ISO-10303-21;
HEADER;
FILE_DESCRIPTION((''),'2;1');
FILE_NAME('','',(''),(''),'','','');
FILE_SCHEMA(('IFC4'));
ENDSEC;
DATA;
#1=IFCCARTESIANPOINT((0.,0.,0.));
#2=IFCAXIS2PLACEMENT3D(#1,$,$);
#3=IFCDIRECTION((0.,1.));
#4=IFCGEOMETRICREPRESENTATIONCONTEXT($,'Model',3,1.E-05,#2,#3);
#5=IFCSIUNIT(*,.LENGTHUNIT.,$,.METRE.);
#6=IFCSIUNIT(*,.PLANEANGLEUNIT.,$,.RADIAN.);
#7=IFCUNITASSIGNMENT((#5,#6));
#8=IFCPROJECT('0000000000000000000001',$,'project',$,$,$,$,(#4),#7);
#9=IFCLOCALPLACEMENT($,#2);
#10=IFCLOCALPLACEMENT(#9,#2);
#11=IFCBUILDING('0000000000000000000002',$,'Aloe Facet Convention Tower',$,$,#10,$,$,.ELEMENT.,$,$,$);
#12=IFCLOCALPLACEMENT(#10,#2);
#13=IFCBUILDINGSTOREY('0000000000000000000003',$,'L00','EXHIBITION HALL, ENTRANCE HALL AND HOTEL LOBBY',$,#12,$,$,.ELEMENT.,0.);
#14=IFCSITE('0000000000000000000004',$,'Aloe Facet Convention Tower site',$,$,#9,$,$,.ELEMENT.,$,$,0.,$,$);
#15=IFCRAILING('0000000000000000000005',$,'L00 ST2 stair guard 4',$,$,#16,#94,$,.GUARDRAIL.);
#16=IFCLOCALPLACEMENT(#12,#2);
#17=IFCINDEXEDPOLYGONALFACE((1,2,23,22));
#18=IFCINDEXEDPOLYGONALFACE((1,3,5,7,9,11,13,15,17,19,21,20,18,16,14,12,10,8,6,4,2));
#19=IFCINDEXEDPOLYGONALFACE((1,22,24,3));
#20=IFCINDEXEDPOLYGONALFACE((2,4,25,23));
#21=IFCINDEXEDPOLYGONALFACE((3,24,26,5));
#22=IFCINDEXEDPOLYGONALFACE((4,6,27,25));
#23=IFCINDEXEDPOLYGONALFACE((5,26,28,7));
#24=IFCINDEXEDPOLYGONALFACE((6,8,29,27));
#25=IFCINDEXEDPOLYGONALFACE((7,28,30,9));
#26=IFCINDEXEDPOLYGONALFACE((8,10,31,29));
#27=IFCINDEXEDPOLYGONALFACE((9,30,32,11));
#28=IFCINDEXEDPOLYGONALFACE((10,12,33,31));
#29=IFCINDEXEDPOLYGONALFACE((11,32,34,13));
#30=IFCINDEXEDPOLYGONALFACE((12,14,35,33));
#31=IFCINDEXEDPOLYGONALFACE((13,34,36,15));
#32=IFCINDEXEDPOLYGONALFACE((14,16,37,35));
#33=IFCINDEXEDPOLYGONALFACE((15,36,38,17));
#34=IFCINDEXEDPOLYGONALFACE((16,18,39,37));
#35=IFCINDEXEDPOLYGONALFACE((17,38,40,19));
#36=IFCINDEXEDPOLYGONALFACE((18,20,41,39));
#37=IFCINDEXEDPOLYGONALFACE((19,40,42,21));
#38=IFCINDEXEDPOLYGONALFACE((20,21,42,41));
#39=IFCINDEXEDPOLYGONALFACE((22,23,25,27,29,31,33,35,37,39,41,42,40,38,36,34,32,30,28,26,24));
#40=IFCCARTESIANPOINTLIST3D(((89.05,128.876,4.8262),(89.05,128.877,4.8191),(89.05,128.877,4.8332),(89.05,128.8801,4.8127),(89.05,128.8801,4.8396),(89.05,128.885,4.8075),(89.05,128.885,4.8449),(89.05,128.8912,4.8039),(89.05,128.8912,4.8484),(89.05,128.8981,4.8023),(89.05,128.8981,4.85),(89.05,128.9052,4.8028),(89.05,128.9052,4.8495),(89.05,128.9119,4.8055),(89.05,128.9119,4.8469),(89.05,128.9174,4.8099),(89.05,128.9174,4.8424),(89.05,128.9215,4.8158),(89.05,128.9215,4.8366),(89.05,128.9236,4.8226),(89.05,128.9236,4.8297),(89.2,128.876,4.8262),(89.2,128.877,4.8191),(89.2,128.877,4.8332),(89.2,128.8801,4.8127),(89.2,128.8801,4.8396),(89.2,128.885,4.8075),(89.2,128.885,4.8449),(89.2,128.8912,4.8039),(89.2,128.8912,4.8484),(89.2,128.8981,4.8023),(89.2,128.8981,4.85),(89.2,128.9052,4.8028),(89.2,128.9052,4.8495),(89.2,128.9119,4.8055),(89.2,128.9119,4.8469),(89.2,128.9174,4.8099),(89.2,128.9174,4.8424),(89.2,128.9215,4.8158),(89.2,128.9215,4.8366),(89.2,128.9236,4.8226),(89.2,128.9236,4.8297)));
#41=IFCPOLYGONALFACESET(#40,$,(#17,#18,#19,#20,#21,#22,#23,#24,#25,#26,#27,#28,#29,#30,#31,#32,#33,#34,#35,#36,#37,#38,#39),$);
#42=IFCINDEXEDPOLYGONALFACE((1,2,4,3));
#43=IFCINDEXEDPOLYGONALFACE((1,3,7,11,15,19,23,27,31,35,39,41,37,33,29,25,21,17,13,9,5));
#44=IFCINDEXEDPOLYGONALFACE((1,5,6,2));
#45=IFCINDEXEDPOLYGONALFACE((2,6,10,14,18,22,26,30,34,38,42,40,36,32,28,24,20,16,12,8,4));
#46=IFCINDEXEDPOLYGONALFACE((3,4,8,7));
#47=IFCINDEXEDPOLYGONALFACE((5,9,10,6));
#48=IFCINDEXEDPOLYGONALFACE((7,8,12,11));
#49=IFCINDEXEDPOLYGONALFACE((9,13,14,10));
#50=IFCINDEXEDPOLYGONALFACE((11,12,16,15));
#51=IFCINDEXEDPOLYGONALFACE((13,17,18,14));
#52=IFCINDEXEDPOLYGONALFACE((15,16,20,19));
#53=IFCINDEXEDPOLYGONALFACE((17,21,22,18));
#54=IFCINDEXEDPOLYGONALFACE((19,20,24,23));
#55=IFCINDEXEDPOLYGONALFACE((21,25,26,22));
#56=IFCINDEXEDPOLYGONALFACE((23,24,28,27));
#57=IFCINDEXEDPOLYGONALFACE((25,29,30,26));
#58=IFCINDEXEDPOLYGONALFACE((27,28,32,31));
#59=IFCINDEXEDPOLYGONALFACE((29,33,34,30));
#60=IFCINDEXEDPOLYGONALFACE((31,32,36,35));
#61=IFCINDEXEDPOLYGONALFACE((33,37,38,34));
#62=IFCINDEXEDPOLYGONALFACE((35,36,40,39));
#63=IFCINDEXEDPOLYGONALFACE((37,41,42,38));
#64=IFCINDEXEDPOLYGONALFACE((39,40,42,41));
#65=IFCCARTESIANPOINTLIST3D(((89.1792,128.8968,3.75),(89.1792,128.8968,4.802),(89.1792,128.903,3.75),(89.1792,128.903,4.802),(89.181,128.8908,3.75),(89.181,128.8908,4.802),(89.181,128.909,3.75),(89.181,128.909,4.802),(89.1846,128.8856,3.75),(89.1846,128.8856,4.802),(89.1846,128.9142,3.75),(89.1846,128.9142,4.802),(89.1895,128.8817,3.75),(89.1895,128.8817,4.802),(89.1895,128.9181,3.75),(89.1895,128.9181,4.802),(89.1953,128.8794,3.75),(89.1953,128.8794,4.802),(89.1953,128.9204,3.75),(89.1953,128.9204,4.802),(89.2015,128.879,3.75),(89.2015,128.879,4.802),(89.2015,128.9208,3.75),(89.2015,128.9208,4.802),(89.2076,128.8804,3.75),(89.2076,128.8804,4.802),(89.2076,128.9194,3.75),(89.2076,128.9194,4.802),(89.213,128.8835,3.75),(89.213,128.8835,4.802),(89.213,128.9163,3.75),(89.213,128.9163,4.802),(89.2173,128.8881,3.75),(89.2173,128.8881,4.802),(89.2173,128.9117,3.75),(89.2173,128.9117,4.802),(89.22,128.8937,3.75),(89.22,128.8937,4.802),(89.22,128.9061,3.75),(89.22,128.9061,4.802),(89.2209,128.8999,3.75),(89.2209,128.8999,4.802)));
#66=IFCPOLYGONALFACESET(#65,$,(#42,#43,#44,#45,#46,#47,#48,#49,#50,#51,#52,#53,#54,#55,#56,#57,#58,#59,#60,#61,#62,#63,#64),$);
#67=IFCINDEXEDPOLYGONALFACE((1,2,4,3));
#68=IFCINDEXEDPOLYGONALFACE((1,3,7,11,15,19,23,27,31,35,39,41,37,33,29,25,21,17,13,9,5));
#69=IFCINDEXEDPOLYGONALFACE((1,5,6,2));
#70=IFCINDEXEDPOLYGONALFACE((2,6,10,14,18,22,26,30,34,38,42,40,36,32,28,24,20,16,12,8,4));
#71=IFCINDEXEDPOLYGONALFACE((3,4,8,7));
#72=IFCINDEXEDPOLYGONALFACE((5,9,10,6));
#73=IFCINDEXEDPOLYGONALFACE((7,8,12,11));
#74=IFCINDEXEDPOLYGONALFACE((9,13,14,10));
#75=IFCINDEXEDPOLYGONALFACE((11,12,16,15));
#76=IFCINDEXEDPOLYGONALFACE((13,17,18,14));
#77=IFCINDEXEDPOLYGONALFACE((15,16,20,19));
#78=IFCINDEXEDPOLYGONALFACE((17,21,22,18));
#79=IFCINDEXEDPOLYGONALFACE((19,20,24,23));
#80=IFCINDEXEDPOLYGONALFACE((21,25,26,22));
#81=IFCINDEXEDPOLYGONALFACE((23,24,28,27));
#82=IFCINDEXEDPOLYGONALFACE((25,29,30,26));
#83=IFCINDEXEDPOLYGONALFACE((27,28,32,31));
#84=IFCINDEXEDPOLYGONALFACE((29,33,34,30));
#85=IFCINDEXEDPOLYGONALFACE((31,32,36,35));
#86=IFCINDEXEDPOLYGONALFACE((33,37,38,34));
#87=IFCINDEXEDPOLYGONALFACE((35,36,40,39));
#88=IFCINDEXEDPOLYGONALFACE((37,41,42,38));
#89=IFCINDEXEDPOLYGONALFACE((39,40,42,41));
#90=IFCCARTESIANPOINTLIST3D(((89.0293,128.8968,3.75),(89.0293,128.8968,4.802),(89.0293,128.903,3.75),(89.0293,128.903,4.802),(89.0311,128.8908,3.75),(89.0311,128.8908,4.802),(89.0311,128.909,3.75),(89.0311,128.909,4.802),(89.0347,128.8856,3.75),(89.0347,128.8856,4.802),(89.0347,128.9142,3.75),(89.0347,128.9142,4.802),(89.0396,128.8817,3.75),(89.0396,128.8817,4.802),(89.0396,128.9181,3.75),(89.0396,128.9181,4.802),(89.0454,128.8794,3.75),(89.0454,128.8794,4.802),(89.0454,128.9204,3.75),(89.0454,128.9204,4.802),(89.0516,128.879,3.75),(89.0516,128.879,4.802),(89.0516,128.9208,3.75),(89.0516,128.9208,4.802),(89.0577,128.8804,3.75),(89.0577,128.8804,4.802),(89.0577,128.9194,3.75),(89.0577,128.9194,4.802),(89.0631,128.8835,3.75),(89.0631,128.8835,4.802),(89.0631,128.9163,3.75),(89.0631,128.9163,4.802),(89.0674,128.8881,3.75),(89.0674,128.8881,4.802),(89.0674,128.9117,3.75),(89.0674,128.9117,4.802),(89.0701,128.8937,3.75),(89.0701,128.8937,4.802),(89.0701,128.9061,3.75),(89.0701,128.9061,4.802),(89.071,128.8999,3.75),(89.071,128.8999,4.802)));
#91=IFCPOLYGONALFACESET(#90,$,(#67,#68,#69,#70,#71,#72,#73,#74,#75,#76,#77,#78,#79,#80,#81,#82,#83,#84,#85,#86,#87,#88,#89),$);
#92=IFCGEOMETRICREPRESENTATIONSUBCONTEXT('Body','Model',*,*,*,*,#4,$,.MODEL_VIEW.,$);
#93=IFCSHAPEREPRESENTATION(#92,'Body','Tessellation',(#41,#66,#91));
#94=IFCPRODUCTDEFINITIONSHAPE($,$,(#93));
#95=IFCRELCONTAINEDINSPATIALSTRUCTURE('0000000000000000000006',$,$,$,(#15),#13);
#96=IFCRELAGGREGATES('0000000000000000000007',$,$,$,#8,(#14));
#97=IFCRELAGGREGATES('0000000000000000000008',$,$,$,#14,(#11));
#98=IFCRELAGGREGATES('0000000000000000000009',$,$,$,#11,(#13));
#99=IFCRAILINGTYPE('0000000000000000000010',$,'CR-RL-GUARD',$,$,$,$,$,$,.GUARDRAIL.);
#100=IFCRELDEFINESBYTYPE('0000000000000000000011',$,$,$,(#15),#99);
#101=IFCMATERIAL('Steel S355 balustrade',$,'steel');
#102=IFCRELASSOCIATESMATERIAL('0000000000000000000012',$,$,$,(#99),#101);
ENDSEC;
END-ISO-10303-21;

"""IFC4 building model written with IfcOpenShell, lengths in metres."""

from ifc_helpers import new_model, si_unit, direction, frame, origin, origin_2d, place, context, subcontext, project, spatial, circle, extrude, material, type_object, element, save


model = new_model("IFC4")

# Units and contexts
model_context = context("Model", 3, precision=1e-05, world=origin(), true_north=direction((0.0, 1.0)))
body_context = subcontext(model_context, "Body", "Model", "MODEL_VIEW")
ifc_project = project(units=[si_unit("LENGTHUNIT", "METRE"), si_unit("PLANEANGLEUNIT", "RADIAN")], contexts=[model_context])

# Site, building, storey
site_placement = place(None, origin())
site = spatial("IfcSite", under=ifc_project, at=site_placement, Name="Aloe Facet Convention Tower site", CompositionType="ELEMENT", RefElevation=0.0)
building_placement = place(site_placement, origin())
building = spatial("IfcBuilding", under=site, at=building_placement, Name="Aloe Facet Convention Tower", CompositionType="ELEMENT")
storey_placement = place(building_placement, origin())
storey = spatial("IfcBuildingStorey", under=building, at=storey_placement, Name="L00", Description="EXHIBITION HALL, ENTRANCE HALL AND HOTEL LOBBY", CompositionType="ELEMENT", Elevation=0.0)

# Railing
ifc_material_1 = material(Name="Steel S355 balustrade", Category="steel")
railing_type_1 = type_object("IfcRailingType", Name="CR-RL-GUARD", PredefinedType="GUARDRAIL", material=ifc_material_1)
railing_1_placement = place(storey_placement, frame((89.2, 128.8999, 3.75)))
element("IfcRailing", 1, at=railing_1_placement, inside=storey, type_object=railing_type_1, Name="L00 ST2 stair guard 4", PredefinedType="GUARDRAIL", context=body_context, shape_type="SweptSolid", body=[
    extrude(circle(Radius=0.0239, at=origin_2d()), frame((0.0, 0.0, 1.0762), z_axis=(-1.0, 0.0, 0.0), x_axis=(0.0, -1.0, 0.0)), (0.0, 0.0, 1.0), 0.1499),
    extrude(circle(Radius=0.021, at=origin_2d()), origin(), (0.0, 0.0, 1.0), 1.052),
    extrude(circle(Radius=0.021, at=origin_2d()), frame((-0.1499, 0.0, 0.0)), (0.0, 0.0, 1.0), 1.052),
])

save(model, "model.ifc")
